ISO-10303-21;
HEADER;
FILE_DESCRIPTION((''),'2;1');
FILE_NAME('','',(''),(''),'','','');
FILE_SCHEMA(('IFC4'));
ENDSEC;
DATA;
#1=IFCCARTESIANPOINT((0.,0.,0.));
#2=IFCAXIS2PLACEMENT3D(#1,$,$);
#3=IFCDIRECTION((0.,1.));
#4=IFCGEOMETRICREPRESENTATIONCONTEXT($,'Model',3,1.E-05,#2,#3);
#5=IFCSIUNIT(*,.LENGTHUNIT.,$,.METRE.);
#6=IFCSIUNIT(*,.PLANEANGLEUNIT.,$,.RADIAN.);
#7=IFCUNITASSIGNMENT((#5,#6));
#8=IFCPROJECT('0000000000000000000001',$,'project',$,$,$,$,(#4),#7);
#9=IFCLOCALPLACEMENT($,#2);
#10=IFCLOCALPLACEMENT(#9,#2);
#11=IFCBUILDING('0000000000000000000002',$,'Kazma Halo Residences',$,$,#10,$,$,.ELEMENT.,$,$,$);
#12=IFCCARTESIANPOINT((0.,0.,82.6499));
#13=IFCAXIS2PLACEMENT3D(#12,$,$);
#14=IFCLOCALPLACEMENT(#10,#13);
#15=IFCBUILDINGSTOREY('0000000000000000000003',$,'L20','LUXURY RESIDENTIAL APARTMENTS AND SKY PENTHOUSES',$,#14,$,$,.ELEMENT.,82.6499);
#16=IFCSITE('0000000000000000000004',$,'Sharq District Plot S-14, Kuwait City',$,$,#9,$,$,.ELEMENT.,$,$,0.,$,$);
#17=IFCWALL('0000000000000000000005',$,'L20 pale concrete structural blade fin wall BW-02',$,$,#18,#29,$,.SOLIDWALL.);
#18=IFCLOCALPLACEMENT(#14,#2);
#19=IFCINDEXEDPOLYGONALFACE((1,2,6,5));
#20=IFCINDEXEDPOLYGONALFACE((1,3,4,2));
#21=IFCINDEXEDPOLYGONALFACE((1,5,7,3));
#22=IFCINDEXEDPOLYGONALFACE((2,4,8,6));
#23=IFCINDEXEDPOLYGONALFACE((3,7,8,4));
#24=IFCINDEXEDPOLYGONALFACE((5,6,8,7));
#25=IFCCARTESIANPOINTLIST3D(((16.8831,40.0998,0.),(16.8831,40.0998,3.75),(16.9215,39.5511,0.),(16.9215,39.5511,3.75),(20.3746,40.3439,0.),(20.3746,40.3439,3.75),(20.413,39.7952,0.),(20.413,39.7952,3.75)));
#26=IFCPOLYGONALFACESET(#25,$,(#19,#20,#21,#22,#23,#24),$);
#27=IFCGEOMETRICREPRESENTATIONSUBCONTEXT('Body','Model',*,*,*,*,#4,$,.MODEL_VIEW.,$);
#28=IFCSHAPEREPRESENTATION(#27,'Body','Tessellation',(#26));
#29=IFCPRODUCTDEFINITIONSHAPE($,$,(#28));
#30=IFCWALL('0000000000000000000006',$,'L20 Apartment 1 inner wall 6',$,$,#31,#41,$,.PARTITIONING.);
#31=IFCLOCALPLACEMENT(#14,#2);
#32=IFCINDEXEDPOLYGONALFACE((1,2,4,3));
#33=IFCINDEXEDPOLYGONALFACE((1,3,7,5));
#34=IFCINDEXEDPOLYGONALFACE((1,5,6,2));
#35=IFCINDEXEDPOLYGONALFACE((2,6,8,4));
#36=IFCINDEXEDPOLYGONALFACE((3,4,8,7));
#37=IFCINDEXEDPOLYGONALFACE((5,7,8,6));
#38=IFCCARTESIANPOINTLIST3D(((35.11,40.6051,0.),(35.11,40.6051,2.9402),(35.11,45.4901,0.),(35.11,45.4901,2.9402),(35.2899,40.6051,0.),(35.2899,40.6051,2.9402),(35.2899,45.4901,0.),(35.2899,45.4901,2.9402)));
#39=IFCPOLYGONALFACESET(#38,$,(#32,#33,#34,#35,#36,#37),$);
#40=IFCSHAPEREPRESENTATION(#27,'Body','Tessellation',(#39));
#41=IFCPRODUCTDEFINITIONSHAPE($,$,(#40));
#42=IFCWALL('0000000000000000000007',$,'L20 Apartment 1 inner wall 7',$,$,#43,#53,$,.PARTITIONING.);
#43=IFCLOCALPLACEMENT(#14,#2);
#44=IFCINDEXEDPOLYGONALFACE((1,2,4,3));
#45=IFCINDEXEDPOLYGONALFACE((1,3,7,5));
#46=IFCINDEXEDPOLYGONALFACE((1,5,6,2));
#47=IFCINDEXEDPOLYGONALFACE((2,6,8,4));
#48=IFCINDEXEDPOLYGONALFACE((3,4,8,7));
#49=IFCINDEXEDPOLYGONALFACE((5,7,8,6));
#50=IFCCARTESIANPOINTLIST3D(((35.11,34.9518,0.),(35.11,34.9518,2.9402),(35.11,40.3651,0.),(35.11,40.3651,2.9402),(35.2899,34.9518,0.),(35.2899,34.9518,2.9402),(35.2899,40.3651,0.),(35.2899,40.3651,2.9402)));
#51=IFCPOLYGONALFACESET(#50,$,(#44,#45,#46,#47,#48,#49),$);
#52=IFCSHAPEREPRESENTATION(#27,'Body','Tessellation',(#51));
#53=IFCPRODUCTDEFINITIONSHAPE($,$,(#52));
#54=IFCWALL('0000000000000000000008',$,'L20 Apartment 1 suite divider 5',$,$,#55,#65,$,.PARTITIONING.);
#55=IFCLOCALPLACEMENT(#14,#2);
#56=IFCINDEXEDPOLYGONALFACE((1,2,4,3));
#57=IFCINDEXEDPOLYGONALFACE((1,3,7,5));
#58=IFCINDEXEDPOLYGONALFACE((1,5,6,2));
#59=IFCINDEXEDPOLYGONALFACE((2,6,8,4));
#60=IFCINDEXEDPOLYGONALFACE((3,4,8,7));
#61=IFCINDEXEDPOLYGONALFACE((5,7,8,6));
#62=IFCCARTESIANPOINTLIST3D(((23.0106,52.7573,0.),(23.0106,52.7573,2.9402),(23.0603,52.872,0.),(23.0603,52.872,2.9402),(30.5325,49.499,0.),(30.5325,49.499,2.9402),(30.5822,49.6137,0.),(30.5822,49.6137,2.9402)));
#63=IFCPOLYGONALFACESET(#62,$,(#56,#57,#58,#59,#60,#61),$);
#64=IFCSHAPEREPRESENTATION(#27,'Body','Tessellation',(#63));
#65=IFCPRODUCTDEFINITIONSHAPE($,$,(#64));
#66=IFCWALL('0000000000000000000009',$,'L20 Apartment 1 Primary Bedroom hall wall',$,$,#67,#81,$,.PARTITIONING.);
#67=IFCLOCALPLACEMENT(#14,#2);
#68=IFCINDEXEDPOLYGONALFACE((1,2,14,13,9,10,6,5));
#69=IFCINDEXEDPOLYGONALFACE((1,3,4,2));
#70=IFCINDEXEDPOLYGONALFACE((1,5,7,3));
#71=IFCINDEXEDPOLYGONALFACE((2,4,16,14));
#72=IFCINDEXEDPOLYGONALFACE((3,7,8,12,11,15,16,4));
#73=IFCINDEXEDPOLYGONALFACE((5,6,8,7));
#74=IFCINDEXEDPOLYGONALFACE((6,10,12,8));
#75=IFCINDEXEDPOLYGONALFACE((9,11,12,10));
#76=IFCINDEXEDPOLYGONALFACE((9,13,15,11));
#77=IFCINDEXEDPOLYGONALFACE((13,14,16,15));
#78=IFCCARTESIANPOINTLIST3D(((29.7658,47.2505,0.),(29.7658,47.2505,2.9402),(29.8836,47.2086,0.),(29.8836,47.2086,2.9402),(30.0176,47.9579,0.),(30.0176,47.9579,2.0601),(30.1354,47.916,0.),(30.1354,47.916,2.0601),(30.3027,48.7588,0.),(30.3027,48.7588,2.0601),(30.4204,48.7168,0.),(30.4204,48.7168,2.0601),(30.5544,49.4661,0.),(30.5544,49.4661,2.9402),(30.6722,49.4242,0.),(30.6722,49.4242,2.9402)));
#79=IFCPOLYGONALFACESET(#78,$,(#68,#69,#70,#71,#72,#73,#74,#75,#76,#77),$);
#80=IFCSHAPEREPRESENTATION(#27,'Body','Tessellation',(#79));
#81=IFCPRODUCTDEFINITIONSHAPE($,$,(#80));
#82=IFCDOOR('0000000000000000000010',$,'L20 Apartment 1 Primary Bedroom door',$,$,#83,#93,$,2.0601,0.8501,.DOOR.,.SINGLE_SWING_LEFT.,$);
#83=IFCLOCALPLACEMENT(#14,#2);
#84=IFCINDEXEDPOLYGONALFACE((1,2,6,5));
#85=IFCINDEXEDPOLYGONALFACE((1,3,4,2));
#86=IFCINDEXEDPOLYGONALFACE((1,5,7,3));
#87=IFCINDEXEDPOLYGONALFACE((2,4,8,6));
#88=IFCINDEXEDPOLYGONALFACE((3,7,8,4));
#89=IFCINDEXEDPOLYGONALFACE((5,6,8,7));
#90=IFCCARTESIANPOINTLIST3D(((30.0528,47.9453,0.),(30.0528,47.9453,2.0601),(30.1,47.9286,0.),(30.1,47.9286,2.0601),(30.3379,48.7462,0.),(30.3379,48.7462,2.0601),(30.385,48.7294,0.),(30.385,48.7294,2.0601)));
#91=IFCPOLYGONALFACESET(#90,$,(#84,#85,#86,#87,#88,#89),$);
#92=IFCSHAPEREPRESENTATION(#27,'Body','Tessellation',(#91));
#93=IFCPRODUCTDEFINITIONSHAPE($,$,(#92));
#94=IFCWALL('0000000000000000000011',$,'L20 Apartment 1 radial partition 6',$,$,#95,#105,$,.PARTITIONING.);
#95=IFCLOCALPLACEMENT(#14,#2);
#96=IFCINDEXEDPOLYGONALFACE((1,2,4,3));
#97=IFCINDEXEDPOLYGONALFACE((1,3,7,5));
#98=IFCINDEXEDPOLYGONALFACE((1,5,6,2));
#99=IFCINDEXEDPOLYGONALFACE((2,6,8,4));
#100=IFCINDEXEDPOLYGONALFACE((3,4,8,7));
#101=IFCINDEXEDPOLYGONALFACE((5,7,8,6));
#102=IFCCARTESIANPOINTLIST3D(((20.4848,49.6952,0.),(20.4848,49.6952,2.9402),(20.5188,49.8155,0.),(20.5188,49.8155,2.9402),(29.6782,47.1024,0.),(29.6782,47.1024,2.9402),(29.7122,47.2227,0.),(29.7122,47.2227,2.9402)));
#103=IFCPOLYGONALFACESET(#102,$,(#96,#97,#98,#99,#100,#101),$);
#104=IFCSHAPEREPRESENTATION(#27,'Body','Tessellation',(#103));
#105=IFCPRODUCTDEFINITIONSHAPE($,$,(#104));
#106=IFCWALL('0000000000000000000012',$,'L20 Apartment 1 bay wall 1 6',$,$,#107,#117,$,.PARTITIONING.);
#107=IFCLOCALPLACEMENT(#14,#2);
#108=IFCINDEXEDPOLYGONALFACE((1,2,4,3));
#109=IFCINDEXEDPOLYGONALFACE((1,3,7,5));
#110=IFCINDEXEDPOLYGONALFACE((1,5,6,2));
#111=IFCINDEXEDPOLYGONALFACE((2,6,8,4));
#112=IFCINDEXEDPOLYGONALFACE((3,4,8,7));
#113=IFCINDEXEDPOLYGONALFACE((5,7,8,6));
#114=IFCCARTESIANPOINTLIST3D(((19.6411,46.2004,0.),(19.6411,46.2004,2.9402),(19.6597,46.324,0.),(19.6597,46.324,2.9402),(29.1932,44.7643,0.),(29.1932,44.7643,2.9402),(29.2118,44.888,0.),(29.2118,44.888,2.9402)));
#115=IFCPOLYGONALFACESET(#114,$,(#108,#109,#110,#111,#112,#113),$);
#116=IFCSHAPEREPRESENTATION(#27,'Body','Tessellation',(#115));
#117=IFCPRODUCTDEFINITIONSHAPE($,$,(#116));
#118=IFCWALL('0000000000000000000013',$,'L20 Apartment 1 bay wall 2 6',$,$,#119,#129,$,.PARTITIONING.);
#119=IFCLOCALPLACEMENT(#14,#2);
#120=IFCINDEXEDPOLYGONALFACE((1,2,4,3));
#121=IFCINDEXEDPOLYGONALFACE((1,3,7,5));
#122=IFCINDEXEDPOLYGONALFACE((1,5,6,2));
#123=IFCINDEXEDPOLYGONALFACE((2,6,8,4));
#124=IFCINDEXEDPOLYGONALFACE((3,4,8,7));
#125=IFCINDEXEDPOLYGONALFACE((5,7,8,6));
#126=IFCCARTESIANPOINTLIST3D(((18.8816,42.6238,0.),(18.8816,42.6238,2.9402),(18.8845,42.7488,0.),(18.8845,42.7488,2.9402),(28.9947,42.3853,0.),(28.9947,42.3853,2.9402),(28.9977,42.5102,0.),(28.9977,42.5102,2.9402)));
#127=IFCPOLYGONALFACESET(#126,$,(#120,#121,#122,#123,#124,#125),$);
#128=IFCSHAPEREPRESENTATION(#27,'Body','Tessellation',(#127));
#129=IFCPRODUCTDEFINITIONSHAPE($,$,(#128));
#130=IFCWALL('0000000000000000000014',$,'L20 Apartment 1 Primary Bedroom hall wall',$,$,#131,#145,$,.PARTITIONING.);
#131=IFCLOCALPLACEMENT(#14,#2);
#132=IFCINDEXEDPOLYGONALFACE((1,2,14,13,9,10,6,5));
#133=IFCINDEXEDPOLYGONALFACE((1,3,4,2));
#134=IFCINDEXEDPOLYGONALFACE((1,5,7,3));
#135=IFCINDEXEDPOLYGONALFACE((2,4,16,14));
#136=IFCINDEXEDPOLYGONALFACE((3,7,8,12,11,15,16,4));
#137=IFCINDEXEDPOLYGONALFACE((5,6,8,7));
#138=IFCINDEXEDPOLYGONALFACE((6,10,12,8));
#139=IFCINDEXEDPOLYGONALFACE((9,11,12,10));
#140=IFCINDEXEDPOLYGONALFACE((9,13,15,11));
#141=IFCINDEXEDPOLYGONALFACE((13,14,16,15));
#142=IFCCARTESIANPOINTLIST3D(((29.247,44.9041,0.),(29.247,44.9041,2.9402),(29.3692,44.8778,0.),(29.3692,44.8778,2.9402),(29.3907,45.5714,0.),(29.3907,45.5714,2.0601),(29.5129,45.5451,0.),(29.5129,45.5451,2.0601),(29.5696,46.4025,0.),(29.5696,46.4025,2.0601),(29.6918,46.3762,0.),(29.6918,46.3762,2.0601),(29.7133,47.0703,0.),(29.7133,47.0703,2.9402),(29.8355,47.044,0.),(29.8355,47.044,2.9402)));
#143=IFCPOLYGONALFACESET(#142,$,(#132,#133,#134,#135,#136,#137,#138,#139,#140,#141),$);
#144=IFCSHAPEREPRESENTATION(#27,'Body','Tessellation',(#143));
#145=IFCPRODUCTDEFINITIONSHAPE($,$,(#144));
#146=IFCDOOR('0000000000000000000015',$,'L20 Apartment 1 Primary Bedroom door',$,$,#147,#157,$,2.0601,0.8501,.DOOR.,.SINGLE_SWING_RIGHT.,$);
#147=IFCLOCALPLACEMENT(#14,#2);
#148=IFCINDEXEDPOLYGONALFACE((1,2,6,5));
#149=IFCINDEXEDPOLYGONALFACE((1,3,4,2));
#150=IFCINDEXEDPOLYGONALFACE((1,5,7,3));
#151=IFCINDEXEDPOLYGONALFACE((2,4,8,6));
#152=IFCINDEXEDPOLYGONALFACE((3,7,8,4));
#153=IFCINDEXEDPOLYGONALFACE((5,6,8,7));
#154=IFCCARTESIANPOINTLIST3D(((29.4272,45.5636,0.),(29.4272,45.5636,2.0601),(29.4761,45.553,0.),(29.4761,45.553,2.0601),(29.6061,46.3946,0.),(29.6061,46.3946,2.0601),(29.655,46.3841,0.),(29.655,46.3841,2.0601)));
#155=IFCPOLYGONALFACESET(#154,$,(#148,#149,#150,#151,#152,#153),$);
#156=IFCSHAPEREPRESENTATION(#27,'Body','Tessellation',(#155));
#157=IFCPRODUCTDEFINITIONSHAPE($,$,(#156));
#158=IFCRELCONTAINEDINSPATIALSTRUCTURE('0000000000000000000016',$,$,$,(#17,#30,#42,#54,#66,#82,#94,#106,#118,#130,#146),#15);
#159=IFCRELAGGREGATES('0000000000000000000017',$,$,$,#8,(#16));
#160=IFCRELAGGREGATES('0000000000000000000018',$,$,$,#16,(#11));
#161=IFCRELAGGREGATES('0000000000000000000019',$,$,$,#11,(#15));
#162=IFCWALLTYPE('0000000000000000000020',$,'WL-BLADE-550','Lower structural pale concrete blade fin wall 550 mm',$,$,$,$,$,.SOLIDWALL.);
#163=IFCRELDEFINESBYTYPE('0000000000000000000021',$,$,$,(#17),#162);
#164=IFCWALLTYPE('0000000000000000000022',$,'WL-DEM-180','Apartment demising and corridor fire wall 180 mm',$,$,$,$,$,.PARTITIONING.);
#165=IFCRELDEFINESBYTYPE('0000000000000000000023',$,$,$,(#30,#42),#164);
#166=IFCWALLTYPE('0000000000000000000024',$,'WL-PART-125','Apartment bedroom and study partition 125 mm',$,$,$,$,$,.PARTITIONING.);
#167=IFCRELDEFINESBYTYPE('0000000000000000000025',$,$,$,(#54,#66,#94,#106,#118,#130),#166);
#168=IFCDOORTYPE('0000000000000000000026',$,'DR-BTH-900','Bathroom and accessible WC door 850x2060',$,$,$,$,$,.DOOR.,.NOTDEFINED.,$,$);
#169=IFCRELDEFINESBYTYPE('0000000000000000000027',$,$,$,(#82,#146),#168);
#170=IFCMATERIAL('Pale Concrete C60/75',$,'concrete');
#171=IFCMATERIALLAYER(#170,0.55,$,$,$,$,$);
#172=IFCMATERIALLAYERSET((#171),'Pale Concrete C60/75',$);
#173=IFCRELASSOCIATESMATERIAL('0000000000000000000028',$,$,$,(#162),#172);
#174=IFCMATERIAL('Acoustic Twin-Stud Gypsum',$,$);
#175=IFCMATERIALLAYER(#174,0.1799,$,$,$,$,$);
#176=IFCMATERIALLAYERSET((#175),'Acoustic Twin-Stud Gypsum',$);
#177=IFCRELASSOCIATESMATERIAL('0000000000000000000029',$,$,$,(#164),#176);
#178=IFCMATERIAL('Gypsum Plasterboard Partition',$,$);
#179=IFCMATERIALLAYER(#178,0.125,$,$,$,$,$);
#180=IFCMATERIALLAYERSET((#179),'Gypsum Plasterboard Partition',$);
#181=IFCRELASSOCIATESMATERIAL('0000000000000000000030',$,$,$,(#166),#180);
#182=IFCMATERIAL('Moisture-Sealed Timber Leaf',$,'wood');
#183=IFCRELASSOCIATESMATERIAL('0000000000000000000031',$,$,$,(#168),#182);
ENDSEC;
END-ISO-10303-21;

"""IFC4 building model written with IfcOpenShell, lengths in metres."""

from ifc_helpers import new_model, si_unit, direction, frame, frame_2d, origin, place, context, subcontext, project, spatial, rectangle, extrude, material, layer, layer_set, type_object, element, fill, save


model = new_model("IFC4")

# Units and contexts
model_context = context("Model", 3, precision=1e-05, world=origin(), true_north=direction((0.0, 1.0)))
body_context = subcontext(model_context, "Body", "Model", "MODEL_VIEW")
ifc_project = project(units=[si_unit("LENGTHUNIT", "METRE"), si_unit("PLANEANGLEUNIT", "RADIAN")], contexts=[model_context])

# Site, building, storey
site_placement = place(None, origin())
site = spatial("IfcSite", under=ifc_project, at=site_placement, Name="Sharq District Plot S-14, Kuwait City", CompositionType="ELEMENT", RefElevation=0.0)
building_placement = place(site_placement, origin())
building = spatial("IfcBuilding", under=site, at=building_placement, Name="Kazma Halo Residences", CompositionType="ELEMENT")
storey_placement = place(building_placement, frame((0.0, 0.0, 82.6499)))
storey = spatial("IfcBuildingStorey", under=building, at=storey_placement, Name="L20", Description="LUXURY RESIDENTIAL APARTMENTS AND SKY PENTHOUSES", CompositionType="ELEMENT", Elevation=82.6499)

# Walls
ifc_material_1 = material(Name="Pale Concrete C60/75", Category="concrete")
ifc_layer_1 = layer(ifc_material_1, 0.55)
ifc_layer_set_1 = layer_set([ifc_layer_1], Name="Pale Concrete C60/75")
wall_type_1 = type_object("IfcWallType", Name="WL-BLADE-550", Description="Lower structural pale concrete blade fin wall 550 mm", PredefinedType="SOLIDWALL", material=ifc_layer_set_1)
wall_1_placement = place(storey_placement, frame((20.3938, 40.0696, 0.0), z_axis=(0.0, 0.0, 1.0), x_axis=(-0.997564, -0.069755, 0.0)))
element("IfcWall", 1, at=wall_1_placement, inside=storey, type_object=wall_type_1, Name="L20 pale concrete structural blade fin wall BW-02", PredefinedType="SOLIDWALL", context=body_context, shape_type="SweptSolid", body=[
    extrude(rectangle(XDim=3.5, YDim=0.55, at=frame_2d((1.75, 0.0))), origin(), (0.0, 0.0, 1.0), 3.75),
])
ifc_material_2 = material(Name="Acoustic Twin-Stud Gypsum")
ifc_layer_2 = layer(ifc_material_2, 0.1799)
ifc_layer_set_2 = layer_set([ifc_layer_2], Name="Acoustic Twin-Stud Gypsum")
wall_type_2 = type_object("IfcWallType", Name="WL-DEM-180", Description="Apartment demising and corridor fire wall 180 mm", PredefinedType="PARTITIONING", material=ifc_layer_set_2)
wall_2_placement = place(storey_placement, frame((35.2, 45.49, 0.0), z_axis=(0.0, 0.0, 1.0), x_axis=(0.0, -1.0, 0.0)))
element("IfcWall", 2, at=wall_2_placement, inside=storey, type_object=wall_type_2, Name="L20 Apartment 1 inner wall 6", PredefinedType="PARTITIONING", context=body_context, shape_type="SweptSolid", body=[
    extrude(rectangle(XDim=4.885, YDim=0.1799, at=frame_2d((2.4424, 0.0))), origin(), (0.0, 0.0, 1.0), 2.9402),
])
wall_3_placement = place(storey_placement, frame((35.2, 40.365, 0.0), z_axis=(0.0, 0.0, 1.0), x_axis=(0.0, -1.0, 0.0)))
element("IfcWall", 3, at=wall_3_placement, inside=storey, type_object=wall_type_2, Name="L20 Apartment 1 inner wall 7", PredefinedType="PARTITIONING", context=body_context, shape_type="SweptSolid", body=[
    extrude(rectangle(XDim=5.4133, YDim=0.1799, at=frame_2d((2.7065, 0.0))), origin(), (0.0, 0.0, 1.0), 2.9402),
])
ifc_material_3 = material(Name="Gypsum Plasterboard Partition")
ifc_layer_3 = layer(ifc_material_3, 0.125)
ifc_layer_set_3 = layer_set([ifc_layer_3], Name="Gypsum Plasterboard Partition")
wall_type_3 = type_object("IfcWallType", Name="WL-PART-125", Description="Apartment bedroom and study partition 125 mm", PredefinedType="PARTITIONING", material=ifc_layer_set_3)
wall_4_placement = place(storey_placement, frame((30.5574, 49.5564, 0.0), z_axis=(0.0, 0.0, 1.0), x_axis=(-0.91761, 0.397482, 0.0)))
element("IfcWall", 4, at=wall_4_placement, inside=storey, type_object=wall_type_3, Name="L20 Apartment 1 suite divider 5", PredefinedType="PARTITIONING", context=body_context, shape_type="SweptSolid", body=[
    extrude(rectangle(XDim=8.1973, YDim=0.125, at=frame_2d((4.0986, 0.0))), origin(), (0.0, 0.0, 1.0), 2.9402),
])

# Wall, opening, door
wall_5_placement = place(storey_placement, frame((30.6133, 49.4451, 0.0), z_axis=(0.0, 0.0, 1.0), x_axis=(-0.335317, -0.942105, 0.0)))
wall_5 = element("IfcWall", 5, at=wall_5_placement, inside=storey, type_object=wall_type_3, Name="L20 Apartment 1 Primary Bedroom hall wall", PredefinedType="PARTITIONING", context=body_context, shape_type="SweptSolid", body=[
    extrude(rectangle(XDim=2.3518, YDim=0.125, at=frame_2d((1.1758, 0.0))), origin(), (0.0, 0.0, 1.0), 2.9402),
])
opening_1_placement = place(wall_5_placement, frame((0.7507, 0.0, 0.0)))
opening_1 = element("IfcOpeningElement", 6, at=opening_1_placement, cuts=wall_5, PredefinedType="OPENING", context=body_context, shape_type="SweptSolid", body=[
    extrude(rectangle(XDim=0.8501, YDim=2.0601, at=frame_2d((0.425, 1.03))), frame((0.0, 0.0725, 0.0), z_axis=(0.0, -1.0, 0.0), x_axis=(1.0, 0.0, 0.0)), (0.0, 0.0, 1.0), 0.145),
])
ifc_material_4 = material(Name="Moisture-Sealed Timber Leaf", Category="wood")
door_type = type_object("IfcDoorType", Name="DR-BTH-900", Description="Bathroom and accessible WC door 850x2060", OperationType="NOTDEFINED", PredefinedType="DOOR", material=ifc_material_4)
door_1_placement = place(opening_1_placement, origin())
door_1 = element("IfcDoor", 7, at=door_1_placement, inside=storey, type_object=door_type, Name="L20 Apartment 1 Primary Bedroom door", OperationType="SINGLE_SWING_LEFT", OverallHeight=2.0601, OverallWidth=0.8501, PredefinedType="DOOR", context=body_context, shape_type="SweptSolid", body=[
    extrude(rectangle(XDim=0.8501, YDim=2.0601, at=frame_2d((0.425, 1.03))), frame((0.0, 0.0249, 0.0), z_axis=(0.0, -1.0, 0.0), x_axis=(1.0, 0.0, 0.0)), (0.0, 0.0, 1.0), 0.05),
])
fill(opening_1, door_1)

# Walls
wall_6_placement = place(storey_placement, frame((29.6951, 47.1626, 0.0), z_axis=(0.0, 0.0, 1.0), x_axis=(-0.962456, 0.271438, 0.0)))
element("IfcWall", 8, at=wall_6_placement, inside=storey, type_object=wall_type_3, Name="L20 Apartment 1 radial partition 6", PredefinedType="PARTITIONING", context=body_context, shape_type="SweptSolid", body=[
    extrude(rectangle(XDim=9.552, YDim=0.125, at=frame_2d((4.7759, 0.0))), origin(), (0.0, 0.0, 1.0), 2.9402),
])
wall_7_placement = place(storey_placement, frame((29.2024, 44.8262, 0.0), z_axis=(0.0, 0.0, 1.0), x_axis=(-0.988887, 0.148668, 0.0)))
element("IfcWall", 9, at=wall_7_placement, inside=storey, type_object=wall_type_3, Name="L20 Apartment 1 bay wall 1 6", PredefinedType="PARTITIONING", context=body_context, shape_type="SweptSolid", body=[
    extrude(rectangle(XDim=9.6594, YDim=0.125, at=frame_2d((4.8296, 0.0))), origin(), (0.0, 0.0, 1.0), 2.9402),
])
wall_8_placement = place(storey_placement, frame((28.9963, 42.4478, 0.0), z_axis=(0.0, 0.0, 1.0), x_axis=(-0.999722, 0.023579, 0.0)))
element("IfcWall", 10, at=wall_8_placement, inside=storey, type_object=wall_type_3, Name="L20 Apartment 1 bay wall 2 6", PredefinedType="PARTITIONING", context=body_context, shape_type="SweptSolid", body=[
    extrude(rectangle(XDim=10.116, YDim=0.125, at=frame_2d((5.0581, 0.0))), origin(), (0.0, 0.0, 1.0), 2.9402),
])

# Wall, opening, door
wall_9_placement = place(storey_placement, frame((29.7744, 47.0571, 0.0), z_axis=(0.0, 0.0, 1.0), x_axis=(-0.210439, -0.977607, 0.0)))
wall_9 = element("IfcWall", 11, at=wall_9_placement, inside=storey, type_object=wall_type_3, Name="L20 Apartment 1 Primary Bedroom hall wall", PredefinedType="PARTITIONING", context=body_context, shape_type="SweptSolid", body=[
    extrude(rectangle(XDim=2.2158, YDim=0.125, at=frame_2d((1.1079, 0.0))), origin(), (0.0, 0.0, 1.0), 2.9402),
])
opening_2_placement = place(wall_9_placement, frame((0.6831, 0.0, 0.0)))
opening_2 = element("IfcOpeningElement", 12, at=opening_2_placement, cuts=wall_9, PredefinedType="OPENING", context=body_context, shape_type="SweptSolid", body=[
    extrude(rectangle(XDim=0.8501, YDim=2.0601, at=frame_2d((0.425, 1.03))), frame((0.0, 0.0725, 0.0), z_axis=(0.0, -1.0, 0.0), x_axis=(1.0, 0.0, 0.0)), (0.0, 0.0, 1.0), 0.145),
])
door_2_placement = place(opening_2_placement, origin())
door_2 = element("IfcDoor", 13, at=door_2_placement, inside=storey, type_object=door_type, Name="L20 Apartment 1 Primary Bedroom door", OperationType="SINGLE_SWING_RIGHT", OverallHeight=2.0601, OverallWidth=0.8501, PredefinedType="DOOR", context=body_context, shape_type="SweptSolid", body=[
    extrude(rectangle(XDim=0.8501, YDim=2.0601, at=frame_2d((0.425, 1.03))), frame((0.0, 0.0249, 0.0), z_axis=(0.0, -1.0, 0.0), x_axis=(1.0, 0.0, 0.0)), (0.0, 0.0, 1.0), 0.05),
])
fill(opening_2, door_2)

save(model, "model.ifc")
